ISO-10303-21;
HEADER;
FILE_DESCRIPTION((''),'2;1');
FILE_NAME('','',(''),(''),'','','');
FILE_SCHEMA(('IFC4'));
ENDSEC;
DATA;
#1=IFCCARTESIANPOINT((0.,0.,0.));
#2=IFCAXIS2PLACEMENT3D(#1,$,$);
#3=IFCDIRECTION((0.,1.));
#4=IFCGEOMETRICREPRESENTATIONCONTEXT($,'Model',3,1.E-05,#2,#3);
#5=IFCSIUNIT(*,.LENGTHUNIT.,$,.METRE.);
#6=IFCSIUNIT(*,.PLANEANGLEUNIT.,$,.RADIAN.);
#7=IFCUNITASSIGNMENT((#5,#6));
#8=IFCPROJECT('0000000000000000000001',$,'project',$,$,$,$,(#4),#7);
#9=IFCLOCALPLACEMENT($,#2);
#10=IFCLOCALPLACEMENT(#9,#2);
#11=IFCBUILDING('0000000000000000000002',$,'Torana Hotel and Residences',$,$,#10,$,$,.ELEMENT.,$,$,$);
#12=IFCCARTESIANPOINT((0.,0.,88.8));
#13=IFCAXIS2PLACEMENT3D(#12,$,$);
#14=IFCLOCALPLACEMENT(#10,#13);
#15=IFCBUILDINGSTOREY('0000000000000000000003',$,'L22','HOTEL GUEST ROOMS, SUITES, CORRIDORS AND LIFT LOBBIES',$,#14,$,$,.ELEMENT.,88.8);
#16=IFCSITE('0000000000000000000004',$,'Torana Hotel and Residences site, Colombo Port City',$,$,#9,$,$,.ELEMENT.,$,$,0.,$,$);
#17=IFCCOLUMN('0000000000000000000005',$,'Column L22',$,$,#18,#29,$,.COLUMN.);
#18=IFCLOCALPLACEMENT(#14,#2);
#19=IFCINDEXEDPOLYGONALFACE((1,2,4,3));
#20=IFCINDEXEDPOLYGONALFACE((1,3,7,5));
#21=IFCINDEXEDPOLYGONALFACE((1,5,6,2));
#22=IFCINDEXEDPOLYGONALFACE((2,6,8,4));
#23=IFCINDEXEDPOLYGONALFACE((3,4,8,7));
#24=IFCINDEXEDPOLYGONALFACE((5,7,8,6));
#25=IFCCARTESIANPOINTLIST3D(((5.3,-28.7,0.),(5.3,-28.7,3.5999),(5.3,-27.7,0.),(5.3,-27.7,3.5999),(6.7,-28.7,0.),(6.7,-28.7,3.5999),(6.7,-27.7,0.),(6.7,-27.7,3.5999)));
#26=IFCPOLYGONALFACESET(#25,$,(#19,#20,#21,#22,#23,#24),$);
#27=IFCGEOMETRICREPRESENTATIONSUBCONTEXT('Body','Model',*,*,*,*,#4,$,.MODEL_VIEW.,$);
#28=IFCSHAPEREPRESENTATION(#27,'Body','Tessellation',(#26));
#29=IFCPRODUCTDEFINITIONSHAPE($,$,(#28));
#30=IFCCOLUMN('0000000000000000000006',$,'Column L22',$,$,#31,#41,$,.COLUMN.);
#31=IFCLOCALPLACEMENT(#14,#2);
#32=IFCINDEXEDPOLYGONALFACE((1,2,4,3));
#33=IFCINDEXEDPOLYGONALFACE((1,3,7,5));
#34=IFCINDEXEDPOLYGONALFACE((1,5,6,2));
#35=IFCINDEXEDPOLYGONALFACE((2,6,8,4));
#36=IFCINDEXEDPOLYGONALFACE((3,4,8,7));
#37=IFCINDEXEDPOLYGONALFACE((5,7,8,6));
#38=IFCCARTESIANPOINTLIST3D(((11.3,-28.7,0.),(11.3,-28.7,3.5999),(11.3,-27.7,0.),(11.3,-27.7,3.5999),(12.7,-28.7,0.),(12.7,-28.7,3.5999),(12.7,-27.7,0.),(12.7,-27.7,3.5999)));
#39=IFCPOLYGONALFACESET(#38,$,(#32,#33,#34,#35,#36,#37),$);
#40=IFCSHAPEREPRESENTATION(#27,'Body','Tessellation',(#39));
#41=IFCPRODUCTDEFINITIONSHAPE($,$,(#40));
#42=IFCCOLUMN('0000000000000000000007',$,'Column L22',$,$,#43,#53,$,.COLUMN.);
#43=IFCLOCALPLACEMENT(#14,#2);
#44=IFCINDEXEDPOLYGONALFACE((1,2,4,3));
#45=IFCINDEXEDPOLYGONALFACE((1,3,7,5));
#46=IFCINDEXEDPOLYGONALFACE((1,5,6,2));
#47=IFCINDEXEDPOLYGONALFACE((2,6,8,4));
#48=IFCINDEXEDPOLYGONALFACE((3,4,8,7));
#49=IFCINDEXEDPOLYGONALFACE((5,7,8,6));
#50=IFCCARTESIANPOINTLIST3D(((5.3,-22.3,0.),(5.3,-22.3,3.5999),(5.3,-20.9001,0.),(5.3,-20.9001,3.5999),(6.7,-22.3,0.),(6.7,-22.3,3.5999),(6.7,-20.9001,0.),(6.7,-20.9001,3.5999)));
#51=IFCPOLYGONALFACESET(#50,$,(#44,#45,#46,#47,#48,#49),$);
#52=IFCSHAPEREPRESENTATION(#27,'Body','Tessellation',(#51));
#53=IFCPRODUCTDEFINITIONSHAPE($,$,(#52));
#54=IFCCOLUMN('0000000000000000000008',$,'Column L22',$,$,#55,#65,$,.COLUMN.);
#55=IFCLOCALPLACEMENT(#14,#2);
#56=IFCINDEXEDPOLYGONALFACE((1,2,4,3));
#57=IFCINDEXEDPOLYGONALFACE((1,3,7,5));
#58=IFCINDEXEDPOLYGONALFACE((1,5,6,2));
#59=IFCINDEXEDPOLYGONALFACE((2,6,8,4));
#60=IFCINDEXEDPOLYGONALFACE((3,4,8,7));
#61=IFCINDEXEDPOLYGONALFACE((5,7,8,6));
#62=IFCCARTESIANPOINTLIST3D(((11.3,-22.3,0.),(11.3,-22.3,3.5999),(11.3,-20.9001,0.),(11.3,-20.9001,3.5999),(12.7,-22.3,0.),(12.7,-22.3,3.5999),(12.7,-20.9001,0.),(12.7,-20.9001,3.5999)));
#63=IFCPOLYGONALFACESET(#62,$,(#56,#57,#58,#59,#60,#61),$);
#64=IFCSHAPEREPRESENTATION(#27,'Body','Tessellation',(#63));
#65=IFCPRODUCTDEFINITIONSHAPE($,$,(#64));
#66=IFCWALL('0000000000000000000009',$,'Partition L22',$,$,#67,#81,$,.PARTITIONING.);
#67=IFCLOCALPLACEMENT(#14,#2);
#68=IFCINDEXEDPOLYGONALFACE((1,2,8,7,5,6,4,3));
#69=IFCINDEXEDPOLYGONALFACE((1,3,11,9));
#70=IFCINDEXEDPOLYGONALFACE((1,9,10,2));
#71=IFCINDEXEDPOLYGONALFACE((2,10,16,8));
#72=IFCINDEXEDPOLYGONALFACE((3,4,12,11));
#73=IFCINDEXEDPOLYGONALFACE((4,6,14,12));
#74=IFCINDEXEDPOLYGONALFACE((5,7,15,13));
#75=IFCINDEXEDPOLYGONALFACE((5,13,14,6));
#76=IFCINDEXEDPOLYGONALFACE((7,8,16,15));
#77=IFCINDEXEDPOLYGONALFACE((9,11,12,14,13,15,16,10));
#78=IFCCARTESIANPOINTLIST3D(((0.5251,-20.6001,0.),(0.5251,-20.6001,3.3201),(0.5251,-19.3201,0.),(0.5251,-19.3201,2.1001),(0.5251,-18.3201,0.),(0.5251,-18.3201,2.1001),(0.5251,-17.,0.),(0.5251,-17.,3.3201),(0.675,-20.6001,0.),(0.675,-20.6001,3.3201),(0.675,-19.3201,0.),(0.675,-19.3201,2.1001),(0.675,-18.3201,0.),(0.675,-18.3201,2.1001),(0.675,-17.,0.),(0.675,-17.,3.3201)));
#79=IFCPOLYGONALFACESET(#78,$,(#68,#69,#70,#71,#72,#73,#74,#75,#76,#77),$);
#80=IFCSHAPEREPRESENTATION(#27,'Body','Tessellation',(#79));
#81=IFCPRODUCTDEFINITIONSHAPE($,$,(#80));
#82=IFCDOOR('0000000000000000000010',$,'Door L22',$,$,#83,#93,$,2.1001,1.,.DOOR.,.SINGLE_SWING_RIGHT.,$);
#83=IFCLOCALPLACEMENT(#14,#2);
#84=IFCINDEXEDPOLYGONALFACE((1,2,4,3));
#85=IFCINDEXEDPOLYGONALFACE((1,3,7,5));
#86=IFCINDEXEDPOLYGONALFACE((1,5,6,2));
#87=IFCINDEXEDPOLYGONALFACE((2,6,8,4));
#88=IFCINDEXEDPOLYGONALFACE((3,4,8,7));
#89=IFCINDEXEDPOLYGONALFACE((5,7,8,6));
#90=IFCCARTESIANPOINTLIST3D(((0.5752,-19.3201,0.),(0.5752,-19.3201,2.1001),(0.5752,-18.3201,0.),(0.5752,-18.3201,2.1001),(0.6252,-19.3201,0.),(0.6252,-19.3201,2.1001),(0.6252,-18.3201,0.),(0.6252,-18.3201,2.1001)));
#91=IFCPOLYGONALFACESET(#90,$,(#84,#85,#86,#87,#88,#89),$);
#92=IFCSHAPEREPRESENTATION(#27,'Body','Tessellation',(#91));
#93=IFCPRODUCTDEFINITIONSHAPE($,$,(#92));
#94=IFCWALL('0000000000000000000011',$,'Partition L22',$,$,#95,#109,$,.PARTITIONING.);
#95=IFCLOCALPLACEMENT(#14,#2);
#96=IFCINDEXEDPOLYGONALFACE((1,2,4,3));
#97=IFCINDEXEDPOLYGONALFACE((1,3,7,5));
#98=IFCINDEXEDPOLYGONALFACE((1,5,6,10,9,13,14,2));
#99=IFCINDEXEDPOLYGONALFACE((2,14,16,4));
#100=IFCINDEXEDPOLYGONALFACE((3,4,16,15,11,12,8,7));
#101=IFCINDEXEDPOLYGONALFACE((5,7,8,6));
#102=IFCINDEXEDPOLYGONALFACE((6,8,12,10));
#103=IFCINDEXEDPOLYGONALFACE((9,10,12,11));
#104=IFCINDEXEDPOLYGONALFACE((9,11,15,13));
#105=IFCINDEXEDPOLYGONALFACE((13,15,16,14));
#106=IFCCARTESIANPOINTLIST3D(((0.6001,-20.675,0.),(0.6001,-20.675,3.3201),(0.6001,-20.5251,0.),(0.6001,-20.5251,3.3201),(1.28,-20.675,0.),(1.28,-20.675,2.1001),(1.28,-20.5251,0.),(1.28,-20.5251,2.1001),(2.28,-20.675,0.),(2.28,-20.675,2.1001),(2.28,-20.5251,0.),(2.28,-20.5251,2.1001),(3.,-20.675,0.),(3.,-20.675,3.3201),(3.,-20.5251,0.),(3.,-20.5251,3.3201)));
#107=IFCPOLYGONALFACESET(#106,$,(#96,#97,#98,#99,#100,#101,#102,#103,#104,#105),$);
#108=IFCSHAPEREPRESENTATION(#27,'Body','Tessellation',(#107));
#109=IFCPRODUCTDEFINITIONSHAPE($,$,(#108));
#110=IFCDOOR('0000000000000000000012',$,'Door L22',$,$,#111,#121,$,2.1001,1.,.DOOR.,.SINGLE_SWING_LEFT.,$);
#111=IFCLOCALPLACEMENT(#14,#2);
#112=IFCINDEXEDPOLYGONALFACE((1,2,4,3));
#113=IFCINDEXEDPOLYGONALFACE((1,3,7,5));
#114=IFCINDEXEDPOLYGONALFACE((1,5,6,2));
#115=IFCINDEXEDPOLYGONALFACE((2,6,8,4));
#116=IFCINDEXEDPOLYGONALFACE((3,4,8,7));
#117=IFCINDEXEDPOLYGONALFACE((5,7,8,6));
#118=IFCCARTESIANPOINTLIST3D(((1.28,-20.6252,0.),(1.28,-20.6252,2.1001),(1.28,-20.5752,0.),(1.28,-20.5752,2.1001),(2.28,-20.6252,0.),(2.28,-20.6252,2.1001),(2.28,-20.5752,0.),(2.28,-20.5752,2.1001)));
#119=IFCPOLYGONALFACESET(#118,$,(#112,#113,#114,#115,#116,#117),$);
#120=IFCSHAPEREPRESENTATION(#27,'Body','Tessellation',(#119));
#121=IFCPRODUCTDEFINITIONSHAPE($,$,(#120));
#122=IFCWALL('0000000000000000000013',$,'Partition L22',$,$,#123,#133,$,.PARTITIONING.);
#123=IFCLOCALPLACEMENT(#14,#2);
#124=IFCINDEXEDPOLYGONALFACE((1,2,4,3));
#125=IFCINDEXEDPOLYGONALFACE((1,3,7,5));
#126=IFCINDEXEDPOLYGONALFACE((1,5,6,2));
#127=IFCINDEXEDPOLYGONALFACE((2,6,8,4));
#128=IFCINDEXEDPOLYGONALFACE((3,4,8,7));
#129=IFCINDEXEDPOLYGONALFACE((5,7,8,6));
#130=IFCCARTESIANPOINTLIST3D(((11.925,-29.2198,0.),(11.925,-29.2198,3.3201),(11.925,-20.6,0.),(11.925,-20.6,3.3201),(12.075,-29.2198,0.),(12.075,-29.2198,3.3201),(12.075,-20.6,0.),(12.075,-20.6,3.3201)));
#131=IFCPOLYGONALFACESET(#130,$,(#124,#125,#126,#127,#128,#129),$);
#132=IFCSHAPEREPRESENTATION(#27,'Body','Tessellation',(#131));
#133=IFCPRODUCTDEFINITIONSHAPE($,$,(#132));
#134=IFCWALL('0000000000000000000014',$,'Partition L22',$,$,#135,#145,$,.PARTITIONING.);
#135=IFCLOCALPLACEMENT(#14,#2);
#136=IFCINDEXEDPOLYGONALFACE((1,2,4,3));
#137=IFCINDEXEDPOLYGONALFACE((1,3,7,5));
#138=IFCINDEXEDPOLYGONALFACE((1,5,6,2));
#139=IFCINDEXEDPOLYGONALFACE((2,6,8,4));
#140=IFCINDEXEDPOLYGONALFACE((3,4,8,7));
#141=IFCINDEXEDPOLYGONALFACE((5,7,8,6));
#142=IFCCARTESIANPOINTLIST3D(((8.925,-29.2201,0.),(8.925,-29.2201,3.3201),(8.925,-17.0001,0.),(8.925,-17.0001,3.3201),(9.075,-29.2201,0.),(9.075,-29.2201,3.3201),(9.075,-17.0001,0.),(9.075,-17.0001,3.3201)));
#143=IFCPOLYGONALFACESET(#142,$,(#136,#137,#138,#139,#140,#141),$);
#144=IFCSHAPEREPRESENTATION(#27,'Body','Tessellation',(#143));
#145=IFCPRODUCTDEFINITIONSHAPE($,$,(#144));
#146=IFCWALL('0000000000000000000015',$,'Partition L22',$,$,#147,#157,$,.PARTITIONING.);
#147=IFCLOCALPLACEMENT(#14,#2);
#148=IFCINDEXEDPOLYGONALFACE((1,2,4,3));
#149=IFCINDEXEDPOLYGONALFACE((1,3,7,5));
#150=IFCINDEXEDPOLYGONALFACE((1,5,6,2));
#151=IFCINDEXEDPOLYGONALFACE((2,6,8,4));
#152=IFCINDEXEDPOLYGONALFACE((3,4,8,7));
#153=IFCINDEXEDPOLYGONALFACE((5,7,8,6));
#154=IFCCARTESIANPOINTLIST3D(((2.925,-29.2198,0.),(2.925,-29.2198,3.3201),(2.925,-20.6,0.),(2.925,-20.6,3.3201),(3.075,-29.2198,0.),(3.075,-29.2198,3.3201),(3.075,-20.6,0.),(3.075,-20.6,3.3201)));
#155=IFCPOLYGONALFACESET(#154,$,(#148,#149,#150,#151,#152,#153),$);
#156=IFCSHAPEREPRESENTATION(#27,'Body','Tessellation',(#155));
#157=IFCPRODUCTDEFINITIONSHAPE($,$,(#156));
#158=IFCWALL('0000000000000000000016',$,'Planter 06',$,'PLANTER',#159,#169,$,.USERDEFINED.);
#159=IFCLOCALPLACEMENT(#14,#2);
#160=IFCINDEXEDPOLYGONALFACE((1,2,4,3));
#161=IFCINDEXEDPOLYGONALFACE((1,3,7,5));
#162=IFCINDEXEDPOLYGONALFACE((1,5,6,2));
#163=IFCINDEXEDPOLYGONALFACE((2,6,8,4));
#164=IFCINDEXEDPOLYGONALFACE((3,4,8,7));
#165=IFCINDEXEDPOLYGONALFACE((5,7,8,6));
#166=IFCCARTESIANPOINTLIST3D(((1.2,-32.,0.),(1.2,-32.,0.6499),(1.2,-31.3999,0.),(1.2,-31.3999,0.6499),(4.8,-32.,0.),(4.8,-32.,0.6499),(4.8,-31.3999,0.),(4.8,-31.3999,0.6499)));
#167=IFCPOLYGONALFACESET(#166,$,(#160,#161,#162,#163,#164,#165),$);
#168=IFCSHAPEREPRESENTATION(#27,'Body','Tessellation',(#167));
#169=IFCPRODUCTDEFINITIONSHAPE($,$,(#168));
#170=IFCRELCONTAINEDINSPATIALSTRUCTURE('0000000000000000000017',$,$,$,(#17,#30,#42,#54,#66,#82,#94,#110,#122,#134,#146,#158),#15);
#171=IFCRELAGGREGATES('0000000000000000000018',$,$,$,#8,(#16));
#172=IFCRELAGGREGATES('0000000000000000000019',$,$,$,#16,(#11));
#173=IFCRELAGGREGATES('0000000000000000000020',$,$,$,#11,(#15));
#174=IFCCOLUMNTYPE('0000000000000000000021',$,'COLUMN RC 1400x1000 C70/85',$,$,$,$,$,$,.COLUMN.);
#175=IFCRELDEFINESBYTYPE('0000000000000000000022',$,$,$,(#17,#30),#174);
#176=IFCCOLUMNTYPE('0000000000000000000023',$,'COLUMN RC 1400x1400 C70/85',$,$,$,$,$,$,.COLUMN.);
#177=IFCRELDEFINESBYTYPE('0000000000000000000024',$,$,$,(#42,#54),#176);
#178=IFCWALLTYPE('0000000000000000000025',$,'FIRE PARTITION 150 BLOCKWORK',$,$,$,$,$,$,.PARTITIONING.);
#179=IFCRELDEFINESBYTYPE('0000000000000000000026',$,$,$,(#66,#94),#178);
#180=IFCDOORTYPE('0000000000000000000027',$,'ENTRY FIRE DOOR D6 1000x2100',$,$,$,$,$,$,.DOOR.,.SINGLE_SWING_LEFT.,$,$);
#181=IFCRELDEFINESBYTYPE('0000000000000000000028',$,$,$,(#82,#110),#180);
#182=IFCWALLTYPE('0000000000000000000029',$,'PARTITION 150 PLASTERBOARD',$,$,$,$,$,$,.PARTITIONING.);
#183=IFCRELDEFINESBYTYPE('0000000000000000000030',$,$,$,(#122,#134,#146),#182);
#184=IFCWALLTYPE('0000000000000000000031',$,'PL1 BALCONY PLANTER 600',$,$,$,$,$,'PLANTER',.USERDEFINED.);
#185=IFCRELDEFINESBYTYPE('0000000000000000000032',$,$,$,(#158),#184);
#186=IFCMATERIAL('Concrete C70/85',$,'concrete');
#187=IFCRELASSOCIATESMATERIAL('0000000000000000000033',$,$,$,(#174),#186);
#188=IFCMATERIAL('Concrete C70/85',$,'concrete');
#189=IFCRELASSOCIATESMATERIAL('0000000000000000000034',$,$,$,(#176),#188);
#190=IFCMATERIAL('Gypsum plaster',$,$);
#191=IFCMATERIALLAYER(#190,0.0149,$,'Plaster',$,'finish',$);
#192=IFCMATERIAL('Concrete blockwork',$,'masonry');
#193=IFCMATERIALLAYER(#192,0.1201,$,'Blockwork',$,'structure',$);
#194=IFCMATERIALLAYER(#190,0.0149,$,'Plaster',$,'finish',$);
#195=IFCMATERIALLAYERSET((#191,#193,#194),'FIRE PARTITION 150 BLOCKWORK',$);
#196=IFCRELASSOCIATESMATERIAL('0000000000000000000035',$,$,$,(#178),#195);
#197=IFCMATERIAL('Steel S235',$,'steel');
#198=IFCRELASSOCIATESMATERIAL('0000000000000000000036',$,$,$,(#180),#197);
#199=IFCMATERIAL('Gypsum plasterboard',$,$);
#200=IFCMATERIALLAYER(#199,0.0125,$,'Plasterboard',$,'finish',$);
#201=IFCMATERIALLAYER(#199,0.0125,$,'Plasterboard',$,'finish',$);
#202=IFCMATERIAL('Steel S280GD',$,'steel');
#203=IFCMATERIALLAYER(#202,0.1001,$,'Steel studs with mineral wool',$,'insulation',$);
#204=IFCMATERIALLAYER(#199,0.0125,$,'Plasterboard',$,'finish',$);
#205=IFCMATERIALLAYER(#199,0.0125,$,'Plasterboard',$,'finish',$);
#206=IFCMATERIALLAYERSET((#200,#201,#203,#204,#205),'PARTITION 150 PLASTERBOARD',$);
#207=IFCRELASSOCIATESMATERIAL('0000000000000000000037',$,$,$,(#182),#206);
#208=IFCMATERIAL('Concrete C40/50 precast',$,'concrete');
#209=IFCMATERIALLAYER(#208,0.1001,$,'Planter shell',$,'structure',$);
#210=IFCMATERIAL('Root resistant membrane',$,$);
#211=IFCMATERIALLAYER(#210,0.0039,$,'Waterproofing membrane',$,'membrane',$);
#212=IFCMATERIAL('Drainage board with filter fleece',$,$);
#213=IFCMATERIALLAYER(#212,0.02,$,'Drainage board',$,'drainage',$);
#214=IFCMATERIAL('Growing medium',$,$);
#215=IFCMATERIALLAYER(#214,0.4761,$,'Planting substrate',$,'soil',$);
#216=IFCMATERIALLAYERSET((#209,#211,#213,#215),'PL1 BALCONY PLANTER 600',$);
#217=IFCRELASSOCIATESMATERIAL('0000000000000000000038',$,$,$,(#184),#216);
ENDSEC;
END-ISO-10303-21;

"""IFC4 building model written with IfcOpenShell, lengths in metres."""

from ifc_helpers import new_model, si_unit, direction, frame, frame_2d, origin, origin_2d, place, context, subcontext, project, spatial, rectangle, extrude, material, layer, layer_set, material_profile, profile_set, type_object, element, fill, save


model = new_model("IFC4")

# Units and contexts
model_context = context("Model", 3, precision=1e-05, world=origin(), true_north=direction((0.0, 1.0)))
body_context = subcontext(model_context, "Body", "Model", "MODEL_VIEW")
ifc_project = project(units=[si_unit("LENGTHUNIT", "METRE"), si_unit("PLANEANGLEUNIT", "RADIAN")], contexts=[model_context])

# Site, building, storey
site_placement = place(None, origin())
site = spatial("IfcSite", under=ifc_project, at=site_placement, Name="Torana Hotel and Residences site, Colombo Port City", CompositionType="ELEMENT", RefElevation=0.0)
building_placement = place(site_placement, origin())
building = spatial("IfcBuilding", under=site, at=building_placement, Name="Torana Hotel and Residences", CompositionType="ELEMENT")
storey_placement = place(building_placement, frame((0.0, 0.0, 88.8)))
storey = spatial("IfcBuildingStorey", under=building, at=storey_placement, Name="L22", Description="HOTEL GUEST ROOMS, SUITES, CORRIDORS AND LIFT LOBBIES", CompositionType="ELEMENT", Elevation=88.8)

# Columns
ifc_material_1 = material(Name="Concrete C70/85", Category="concrete")
ifc_material_profile_1 = material_profile(ifc_material_1, rectangle(XDim=1.3999, YDim=1.0, at=origin_2d()), Name="RC 1400x1000")
ifc_profile_set_1 = profile_set([ifc_material_profile_1], Name="Concrete C70/85")
column_type_1 = type_object("IfcColumnType", Name="COLUMN RC 1400x1000 C70/85", PredefinedType="COLUMN", material=ifc_profile_set_1)
for number, where, z_axis, x_axis, name in (
    (1, (6.0, -28.2, 0.0), (0.0, 0.0, 1.0), (1.0, 0.0, 0.0), "Column L22"),
    (2, (12.0, -28.2, 0.0), (0.0, 0.0, 1.0), (1.0, 0.0, 0.0), "Column L22"),
):
    element("IfcColumn", number, at=place(storey_placement, frame(where, z_axis=z_axis, x_axis=x_axis)), inside=storey, type_object=column_type_1, Name=name, PredefinedType="COLUMN", context=body_context, shape_type="SweptSolid", body=[
        extrude(rectangle(XDim=1.3999, YDim=1.0, at=origin_2d()), origin(), (0.0, 0.0, 1.0), 3.5999),
    ])
ifc_material_2 = material(Name="Concrete C70/85", Category="concrete")
ifc_material_profile_2 = material_profile(ifc_material_2, rectangle(XDim=1.3999, YDim=1.3999, at=origin_2d()), Name="RC 1400x1400")
ifc_profile_set_2 = profile_set([ifc_material_profile_2], Name="Concrete C70/85")
column_type_2 = type_object("IfcColumnType", Name="COLUMN RC 1400x1400 C70/85", PredefinedType="COLUMN", material=ifc_profile_set_2)
for number, where, z_axis, x_axis, name in (
    (3, (6.0, -21.6001, 0.0), (0.0, 0.0, 1.0), (1.0, 0.0, 0.0), "Column L22"),
    (4, (12.0, -21.6001, 0.0), (0.0, 0.0, 1.0), (1.0, 0.0, 0.0), "Column L22"),
):
    element("IfcColumn", number, at=place(storey_placement, frame(where, z_axis=z_axis, x_axis=x_axis)), inside=storey, type_object=column_type_2, Name=name, PredefinedType="COLUMN", context=body_context, shape_type="SweptSolid", body=[
        extrude(rectangle(XDim=1.3999, YDim=1.3999, at=origin_2d()), origin(), (0.0, 0.0, 1.0), 3.5999),
    ])

# Walls, openings, doors
ifc_material_3 = material(Name="Gypsum plaster")
ifc_layer_1 = layer(ifc_material_3, 0.0149, Name="Plaster", Category="finish")
ifc_material_4 = material(Name="Concrete blockwork", Category="masonry")
ifc_layer_2 = layer(ifc_material_4, 0.1201, Name="Blockwork", Category="structure")
ifc_layer_3 = layer(ifc_material_3, 0.0149, Name="Plaster", Category="finish")
ifc_layer_set_1 = layer_set([ifc_layer_1, ifc_layer_2, ifc_layer_3], Name="FIRE PARTITION 150 BLOCKWORK")
wall_type_1 = type_object("IfcWallType", Name="FIRE PARTITION 150 BLOCKWORK", PredefinedType="PARTITIONING", material=ifc_layer_set_1)
wall_1_placement = place(storey_placement, frame((0.6001, -20.6001, 0.0), z_axis=(0.0, 0.0, 1.0), x_axis=(0.0, 1.0, 0.0)))
wall_1 = element("IfcWall", 5, at=wall_1_placement, inside=storey, type_object=wall_type_1, Name="Partition L22", PredefinedType="PARTITIONING", context=body_context, shape_type="SweptSolid", body=[
    extrude(rectangle(XDim=3.6001, YDim=0.1499, at=frame_2d((1.8, 0.0))), origin(), (0.0, 0.0, 1.0), 3.3201),
])
opening_1_placement = place(wall_1_placement, frame((1.28, 0.0, 0.0)))
opening_1 = element("IfcOpeningElement", 6, at=opening_1_placement, cuts=wall_1, PredefinedType="OPENING", context=body_context, shape_type="SweptSolid", body=[
    extrude(rectangle(XDim=1.0, YDim=2.1001, at=frame_2d((0.5, 1.05))), frame((0.0, 0.085, 0.0), z_axis=(0.0, -1.0, 0.0), x_axis=(1.0, 0.0, 0.0)), (0.0, 0.0, 1.0), 0.1699),
])
ifc_material_5 = material(Name="Steel S235", Category="steel")
door_type = type_object("IfcDoorType", Name="ENTRY FIRE DOOR D6 1000x2100", OperationType="SINGLE_SWING_LEFT", PredefinedType="DOOR", material=ifc_material_5)
door_1_placement = place(opening_1_placement, origin())
door_1 = element("IfcDoor", 7, at=door_1_placement, inside=storey, type_object=door_type, Name="Door L22", OperationType="SINGLE_SWING_RIGHT", OverallHeight=2.1001, OverallWidth=1.0, PredefinedType="DOOR", context=body_context, shape_type="SweptSolid", body=[
    extrude(rectangle(XDim=1.0, YDim=2.1001, at=frame_2d((0.5, 1.05))), frame((0.0, 0.0249, 0.0), z_axis=(0.0, -1.0, 0.0), x_axis=(1.0, 0.0, 0.0)), (0.0, 0.0, 1.0), 0.05),
])
fill(opening_1, door_1)
wall_2_placement = place(storey_placement, frame((0.6001, -20.6001, 0.0), z_axis=(0.0, 0.0, 1.0), x_axis=(1.0, 0.0, 0.0)))
wall_2 = element("IfcWall", 8, at=wall_2_placement, inside=storey, type_object=wall_type_1, Name="Partition L22", PredefinedType="PARTITIONING", context=body_context, shape_type="SweptSolid", body=[
    extrude(rectangle(XDim=2.3999, YDim=0.1499, at=frame_2d((1.2, 0.0))), origin(), (0.0, 0.0, 1.0), 3.3201),
])
opening_2_placement = place(wall_2_placement, frame((0.6799, 0.0, 0.0)))
opening_2 = element("IfcOpeningElement", 9, at=opening_2_placement, cuts=wall_2, PredefinedType="OPENING", context=body_context, shape_type="SweptSolid", body=[
    extrude(rectangle(XDim=1.0, YDim=2.1001, at=frame_2d((0.5, 1.05))), frame((0.0, 0.085, 0.0), z_axis=(0.0, -1.0, 0.0), x_axis=(1.0, 0.0, 0.0)), (0.0, 0.0, 1.0), 0.1699),
])
door_2_placement = place(opening_2_placement, frame((0.5, 0.0, 0.0), z_axis=(0.0, 0.0, 1.0), x_axis=(-1.0, 0.0, 0.0)))
door_2 = element("IfcDoor", 10, at=door_2_placement, inside=storey, type_object=door_type, Name="Door L22", OperationType="SINGLE_SWING_LEFT", OverallHeight=2.1001, OverallWidth=1.0, PredefinedType="DOOR", context=body_context, shape_type="SweptSolid", body=[
    extrude(rectangle(XDim=1.0, YDim=2.1001, at=frame_2d((0.0, 1.05))), frame((0.0, -0.0249, 0.0), z_axis=(0.0, 1.0, 0.0), x_axis=(-1.0, 0.0, 0.0)), (0.0, 0.0, 1.0), 0.05),
])
fill(opening_2, door_2)

# Walls
ifc_material_6 = material(Name="Gypsum plasterboard")
ifc_layer_4 = layer(ifc_material_6, 0.0125, Name="Plasterboard", Category="finish")
ifc_layer_5 = layer(ifc_material_6, 0.0125, Name="Plasterboard", Category="finish")
ifc_material_7 = material(Name="Steel S280GD", Category="steel")
ifc_layer_6 = layer(ifc_material_7, 0.1001, Name="Steel studs with mineral wool", Category="insulation")
ifc_layer_7 = layer(ifc_material_6, 0.0125, Name="Plasterboard", Category="finish")
ifc_layer_8 = layer(ifc_material_6, 0.0125, Name="Plasterboard", Category="finish")
ifc_layer_set_2 = layer_set([ifc_layer_4, ifc_layer_5, ifc_layer_6, ifc_layer_7, ifc_layer_8], Name="PARTITION 150 PLASTERBOARD")
wall_type_2 = type_object("IfcWallType", Name="PARTITION 150 PLASTERBOARD", PredefinedType="PARTITIONING", material=ifc_layer_set_2)
wall_3_placement = place(storey_placement, frame((12.0, -29.22, 0.0), z_axis=(0.0, 0.0, 1.0), x_axis=(0.0, 1.0, 0.0)))
element("IfcWall", 11, at=wall_3_placement, inside=storey, type_object=wall_type_2, Name="Partition L22", PredefinedType="PARTITIONING", context=body_context, shape_type="SweptSolid", body=[
    extrude(rectangle(XDim=8.6199, YDim=0.1499, at=frame_2d((4.3101, 0.0))), origin(), (0.0, 0.0, 1.0), 3.3201),
])
wall_4_placement = place(storey_placement, frame((9.0, -29.22, 0.0), z_axis=(0.0, 0.0, 1.0), x_axis=(0.0, 1.0, 0.0)))
element("IfcWall", 12, at=wall_4_placement, inside=storey, type_object=wall_type_2, Name="Partition L22", PredefinedType="PARTITIONING", context=body_context, shape_type="SweptSolid", body=[
    extrude(rectangle(XDim=12.22, YDim=0.1499, at=frame_2d((6.1099, 0.0))), origin(), (0.0, 0.0, 1.0), 3.3201),
])
wall_5_placement = place(storey_placement, frame((3.0, -29.22, 0.0), z_axis=(0.0, 0.0, 1.0), x_axis=(0.0, 1.0, 0.0)))
element("IfcWall", 13, at=wall_5_placement, inside=storey, type_object=wall_type_2, Name="Partition L22", PredefinedType="PARTITIONING", context=body_context, shape_type="SweptSolid", body=[
    extrude(rectangle(XDim=8.6199, YDim=0.1499, at=frame_2d((4.3101, 0.0))), origin(), (0.0, 0.0, 1.0), 3.3201),
])
ifc_material_8 = material(Name="Concrete C40/50 precast", Category="concrete")
ifc_layer_9 = layer(ifc_material_8, 0.1001, Name="Planter shell", Category="structure")
ifc_material_9 = material(Name="Root resistant membrane")
ifc_layer_10 = layer(ifc_material_9, 0.0039, Name="Waterproofing membrane", Category="membrane")
ifc_material_10 = material(Name="Drainage board with filter fleece")
ifc_layer_11 = layer(ifc_material_10, 0.02, Name="Drainage board", Category="drainage")
ifc_material_11 = material(Name="Growing medium")
ifc_layer_12 = layer(ifc_material_11, 0.4761, Name="Planting substrate", Category="soil")
ifc_layer_set_3 = layer_set([ifc_layer_9, ifc_layer_10, ifc_layer_11, ifc_layer_12], Name="PL1 BALCONY PLANTER 600")
wall_type_3 = type_object("IfcWallType", Name="PL1 BALCONY PLANTER 600", ElementType="PLANTER", PredefinedType="USERDEFINED", material=ifc_layer_set_3)
for number, where, z_axis, x_axis, name in (
    (14, (4.8, -31.7, 0.0), (0.0, 0.0, 1.0), (-1.0, 0.0, 0.0), "Planter 06"),
):
    element("IfcWall", number, at=place(storey_placement, frame(where, z_axis=z_axis, x_axis=x_axis)), inside=storey, type_object=wall_type_3, Name=name, ObjectType="PLANTER", PredefinedType="USERDEFINED", context=body_context, shape_type="SweptSolid", body=[
        extrude(rectangle(XDim=3.6001, YDim=0.6001, at=frame_2d((1.8, 0.0))), origin(), (0.0, 0.0, 1.0), 0.6499),
    ])

save(model, "model.ifc")
